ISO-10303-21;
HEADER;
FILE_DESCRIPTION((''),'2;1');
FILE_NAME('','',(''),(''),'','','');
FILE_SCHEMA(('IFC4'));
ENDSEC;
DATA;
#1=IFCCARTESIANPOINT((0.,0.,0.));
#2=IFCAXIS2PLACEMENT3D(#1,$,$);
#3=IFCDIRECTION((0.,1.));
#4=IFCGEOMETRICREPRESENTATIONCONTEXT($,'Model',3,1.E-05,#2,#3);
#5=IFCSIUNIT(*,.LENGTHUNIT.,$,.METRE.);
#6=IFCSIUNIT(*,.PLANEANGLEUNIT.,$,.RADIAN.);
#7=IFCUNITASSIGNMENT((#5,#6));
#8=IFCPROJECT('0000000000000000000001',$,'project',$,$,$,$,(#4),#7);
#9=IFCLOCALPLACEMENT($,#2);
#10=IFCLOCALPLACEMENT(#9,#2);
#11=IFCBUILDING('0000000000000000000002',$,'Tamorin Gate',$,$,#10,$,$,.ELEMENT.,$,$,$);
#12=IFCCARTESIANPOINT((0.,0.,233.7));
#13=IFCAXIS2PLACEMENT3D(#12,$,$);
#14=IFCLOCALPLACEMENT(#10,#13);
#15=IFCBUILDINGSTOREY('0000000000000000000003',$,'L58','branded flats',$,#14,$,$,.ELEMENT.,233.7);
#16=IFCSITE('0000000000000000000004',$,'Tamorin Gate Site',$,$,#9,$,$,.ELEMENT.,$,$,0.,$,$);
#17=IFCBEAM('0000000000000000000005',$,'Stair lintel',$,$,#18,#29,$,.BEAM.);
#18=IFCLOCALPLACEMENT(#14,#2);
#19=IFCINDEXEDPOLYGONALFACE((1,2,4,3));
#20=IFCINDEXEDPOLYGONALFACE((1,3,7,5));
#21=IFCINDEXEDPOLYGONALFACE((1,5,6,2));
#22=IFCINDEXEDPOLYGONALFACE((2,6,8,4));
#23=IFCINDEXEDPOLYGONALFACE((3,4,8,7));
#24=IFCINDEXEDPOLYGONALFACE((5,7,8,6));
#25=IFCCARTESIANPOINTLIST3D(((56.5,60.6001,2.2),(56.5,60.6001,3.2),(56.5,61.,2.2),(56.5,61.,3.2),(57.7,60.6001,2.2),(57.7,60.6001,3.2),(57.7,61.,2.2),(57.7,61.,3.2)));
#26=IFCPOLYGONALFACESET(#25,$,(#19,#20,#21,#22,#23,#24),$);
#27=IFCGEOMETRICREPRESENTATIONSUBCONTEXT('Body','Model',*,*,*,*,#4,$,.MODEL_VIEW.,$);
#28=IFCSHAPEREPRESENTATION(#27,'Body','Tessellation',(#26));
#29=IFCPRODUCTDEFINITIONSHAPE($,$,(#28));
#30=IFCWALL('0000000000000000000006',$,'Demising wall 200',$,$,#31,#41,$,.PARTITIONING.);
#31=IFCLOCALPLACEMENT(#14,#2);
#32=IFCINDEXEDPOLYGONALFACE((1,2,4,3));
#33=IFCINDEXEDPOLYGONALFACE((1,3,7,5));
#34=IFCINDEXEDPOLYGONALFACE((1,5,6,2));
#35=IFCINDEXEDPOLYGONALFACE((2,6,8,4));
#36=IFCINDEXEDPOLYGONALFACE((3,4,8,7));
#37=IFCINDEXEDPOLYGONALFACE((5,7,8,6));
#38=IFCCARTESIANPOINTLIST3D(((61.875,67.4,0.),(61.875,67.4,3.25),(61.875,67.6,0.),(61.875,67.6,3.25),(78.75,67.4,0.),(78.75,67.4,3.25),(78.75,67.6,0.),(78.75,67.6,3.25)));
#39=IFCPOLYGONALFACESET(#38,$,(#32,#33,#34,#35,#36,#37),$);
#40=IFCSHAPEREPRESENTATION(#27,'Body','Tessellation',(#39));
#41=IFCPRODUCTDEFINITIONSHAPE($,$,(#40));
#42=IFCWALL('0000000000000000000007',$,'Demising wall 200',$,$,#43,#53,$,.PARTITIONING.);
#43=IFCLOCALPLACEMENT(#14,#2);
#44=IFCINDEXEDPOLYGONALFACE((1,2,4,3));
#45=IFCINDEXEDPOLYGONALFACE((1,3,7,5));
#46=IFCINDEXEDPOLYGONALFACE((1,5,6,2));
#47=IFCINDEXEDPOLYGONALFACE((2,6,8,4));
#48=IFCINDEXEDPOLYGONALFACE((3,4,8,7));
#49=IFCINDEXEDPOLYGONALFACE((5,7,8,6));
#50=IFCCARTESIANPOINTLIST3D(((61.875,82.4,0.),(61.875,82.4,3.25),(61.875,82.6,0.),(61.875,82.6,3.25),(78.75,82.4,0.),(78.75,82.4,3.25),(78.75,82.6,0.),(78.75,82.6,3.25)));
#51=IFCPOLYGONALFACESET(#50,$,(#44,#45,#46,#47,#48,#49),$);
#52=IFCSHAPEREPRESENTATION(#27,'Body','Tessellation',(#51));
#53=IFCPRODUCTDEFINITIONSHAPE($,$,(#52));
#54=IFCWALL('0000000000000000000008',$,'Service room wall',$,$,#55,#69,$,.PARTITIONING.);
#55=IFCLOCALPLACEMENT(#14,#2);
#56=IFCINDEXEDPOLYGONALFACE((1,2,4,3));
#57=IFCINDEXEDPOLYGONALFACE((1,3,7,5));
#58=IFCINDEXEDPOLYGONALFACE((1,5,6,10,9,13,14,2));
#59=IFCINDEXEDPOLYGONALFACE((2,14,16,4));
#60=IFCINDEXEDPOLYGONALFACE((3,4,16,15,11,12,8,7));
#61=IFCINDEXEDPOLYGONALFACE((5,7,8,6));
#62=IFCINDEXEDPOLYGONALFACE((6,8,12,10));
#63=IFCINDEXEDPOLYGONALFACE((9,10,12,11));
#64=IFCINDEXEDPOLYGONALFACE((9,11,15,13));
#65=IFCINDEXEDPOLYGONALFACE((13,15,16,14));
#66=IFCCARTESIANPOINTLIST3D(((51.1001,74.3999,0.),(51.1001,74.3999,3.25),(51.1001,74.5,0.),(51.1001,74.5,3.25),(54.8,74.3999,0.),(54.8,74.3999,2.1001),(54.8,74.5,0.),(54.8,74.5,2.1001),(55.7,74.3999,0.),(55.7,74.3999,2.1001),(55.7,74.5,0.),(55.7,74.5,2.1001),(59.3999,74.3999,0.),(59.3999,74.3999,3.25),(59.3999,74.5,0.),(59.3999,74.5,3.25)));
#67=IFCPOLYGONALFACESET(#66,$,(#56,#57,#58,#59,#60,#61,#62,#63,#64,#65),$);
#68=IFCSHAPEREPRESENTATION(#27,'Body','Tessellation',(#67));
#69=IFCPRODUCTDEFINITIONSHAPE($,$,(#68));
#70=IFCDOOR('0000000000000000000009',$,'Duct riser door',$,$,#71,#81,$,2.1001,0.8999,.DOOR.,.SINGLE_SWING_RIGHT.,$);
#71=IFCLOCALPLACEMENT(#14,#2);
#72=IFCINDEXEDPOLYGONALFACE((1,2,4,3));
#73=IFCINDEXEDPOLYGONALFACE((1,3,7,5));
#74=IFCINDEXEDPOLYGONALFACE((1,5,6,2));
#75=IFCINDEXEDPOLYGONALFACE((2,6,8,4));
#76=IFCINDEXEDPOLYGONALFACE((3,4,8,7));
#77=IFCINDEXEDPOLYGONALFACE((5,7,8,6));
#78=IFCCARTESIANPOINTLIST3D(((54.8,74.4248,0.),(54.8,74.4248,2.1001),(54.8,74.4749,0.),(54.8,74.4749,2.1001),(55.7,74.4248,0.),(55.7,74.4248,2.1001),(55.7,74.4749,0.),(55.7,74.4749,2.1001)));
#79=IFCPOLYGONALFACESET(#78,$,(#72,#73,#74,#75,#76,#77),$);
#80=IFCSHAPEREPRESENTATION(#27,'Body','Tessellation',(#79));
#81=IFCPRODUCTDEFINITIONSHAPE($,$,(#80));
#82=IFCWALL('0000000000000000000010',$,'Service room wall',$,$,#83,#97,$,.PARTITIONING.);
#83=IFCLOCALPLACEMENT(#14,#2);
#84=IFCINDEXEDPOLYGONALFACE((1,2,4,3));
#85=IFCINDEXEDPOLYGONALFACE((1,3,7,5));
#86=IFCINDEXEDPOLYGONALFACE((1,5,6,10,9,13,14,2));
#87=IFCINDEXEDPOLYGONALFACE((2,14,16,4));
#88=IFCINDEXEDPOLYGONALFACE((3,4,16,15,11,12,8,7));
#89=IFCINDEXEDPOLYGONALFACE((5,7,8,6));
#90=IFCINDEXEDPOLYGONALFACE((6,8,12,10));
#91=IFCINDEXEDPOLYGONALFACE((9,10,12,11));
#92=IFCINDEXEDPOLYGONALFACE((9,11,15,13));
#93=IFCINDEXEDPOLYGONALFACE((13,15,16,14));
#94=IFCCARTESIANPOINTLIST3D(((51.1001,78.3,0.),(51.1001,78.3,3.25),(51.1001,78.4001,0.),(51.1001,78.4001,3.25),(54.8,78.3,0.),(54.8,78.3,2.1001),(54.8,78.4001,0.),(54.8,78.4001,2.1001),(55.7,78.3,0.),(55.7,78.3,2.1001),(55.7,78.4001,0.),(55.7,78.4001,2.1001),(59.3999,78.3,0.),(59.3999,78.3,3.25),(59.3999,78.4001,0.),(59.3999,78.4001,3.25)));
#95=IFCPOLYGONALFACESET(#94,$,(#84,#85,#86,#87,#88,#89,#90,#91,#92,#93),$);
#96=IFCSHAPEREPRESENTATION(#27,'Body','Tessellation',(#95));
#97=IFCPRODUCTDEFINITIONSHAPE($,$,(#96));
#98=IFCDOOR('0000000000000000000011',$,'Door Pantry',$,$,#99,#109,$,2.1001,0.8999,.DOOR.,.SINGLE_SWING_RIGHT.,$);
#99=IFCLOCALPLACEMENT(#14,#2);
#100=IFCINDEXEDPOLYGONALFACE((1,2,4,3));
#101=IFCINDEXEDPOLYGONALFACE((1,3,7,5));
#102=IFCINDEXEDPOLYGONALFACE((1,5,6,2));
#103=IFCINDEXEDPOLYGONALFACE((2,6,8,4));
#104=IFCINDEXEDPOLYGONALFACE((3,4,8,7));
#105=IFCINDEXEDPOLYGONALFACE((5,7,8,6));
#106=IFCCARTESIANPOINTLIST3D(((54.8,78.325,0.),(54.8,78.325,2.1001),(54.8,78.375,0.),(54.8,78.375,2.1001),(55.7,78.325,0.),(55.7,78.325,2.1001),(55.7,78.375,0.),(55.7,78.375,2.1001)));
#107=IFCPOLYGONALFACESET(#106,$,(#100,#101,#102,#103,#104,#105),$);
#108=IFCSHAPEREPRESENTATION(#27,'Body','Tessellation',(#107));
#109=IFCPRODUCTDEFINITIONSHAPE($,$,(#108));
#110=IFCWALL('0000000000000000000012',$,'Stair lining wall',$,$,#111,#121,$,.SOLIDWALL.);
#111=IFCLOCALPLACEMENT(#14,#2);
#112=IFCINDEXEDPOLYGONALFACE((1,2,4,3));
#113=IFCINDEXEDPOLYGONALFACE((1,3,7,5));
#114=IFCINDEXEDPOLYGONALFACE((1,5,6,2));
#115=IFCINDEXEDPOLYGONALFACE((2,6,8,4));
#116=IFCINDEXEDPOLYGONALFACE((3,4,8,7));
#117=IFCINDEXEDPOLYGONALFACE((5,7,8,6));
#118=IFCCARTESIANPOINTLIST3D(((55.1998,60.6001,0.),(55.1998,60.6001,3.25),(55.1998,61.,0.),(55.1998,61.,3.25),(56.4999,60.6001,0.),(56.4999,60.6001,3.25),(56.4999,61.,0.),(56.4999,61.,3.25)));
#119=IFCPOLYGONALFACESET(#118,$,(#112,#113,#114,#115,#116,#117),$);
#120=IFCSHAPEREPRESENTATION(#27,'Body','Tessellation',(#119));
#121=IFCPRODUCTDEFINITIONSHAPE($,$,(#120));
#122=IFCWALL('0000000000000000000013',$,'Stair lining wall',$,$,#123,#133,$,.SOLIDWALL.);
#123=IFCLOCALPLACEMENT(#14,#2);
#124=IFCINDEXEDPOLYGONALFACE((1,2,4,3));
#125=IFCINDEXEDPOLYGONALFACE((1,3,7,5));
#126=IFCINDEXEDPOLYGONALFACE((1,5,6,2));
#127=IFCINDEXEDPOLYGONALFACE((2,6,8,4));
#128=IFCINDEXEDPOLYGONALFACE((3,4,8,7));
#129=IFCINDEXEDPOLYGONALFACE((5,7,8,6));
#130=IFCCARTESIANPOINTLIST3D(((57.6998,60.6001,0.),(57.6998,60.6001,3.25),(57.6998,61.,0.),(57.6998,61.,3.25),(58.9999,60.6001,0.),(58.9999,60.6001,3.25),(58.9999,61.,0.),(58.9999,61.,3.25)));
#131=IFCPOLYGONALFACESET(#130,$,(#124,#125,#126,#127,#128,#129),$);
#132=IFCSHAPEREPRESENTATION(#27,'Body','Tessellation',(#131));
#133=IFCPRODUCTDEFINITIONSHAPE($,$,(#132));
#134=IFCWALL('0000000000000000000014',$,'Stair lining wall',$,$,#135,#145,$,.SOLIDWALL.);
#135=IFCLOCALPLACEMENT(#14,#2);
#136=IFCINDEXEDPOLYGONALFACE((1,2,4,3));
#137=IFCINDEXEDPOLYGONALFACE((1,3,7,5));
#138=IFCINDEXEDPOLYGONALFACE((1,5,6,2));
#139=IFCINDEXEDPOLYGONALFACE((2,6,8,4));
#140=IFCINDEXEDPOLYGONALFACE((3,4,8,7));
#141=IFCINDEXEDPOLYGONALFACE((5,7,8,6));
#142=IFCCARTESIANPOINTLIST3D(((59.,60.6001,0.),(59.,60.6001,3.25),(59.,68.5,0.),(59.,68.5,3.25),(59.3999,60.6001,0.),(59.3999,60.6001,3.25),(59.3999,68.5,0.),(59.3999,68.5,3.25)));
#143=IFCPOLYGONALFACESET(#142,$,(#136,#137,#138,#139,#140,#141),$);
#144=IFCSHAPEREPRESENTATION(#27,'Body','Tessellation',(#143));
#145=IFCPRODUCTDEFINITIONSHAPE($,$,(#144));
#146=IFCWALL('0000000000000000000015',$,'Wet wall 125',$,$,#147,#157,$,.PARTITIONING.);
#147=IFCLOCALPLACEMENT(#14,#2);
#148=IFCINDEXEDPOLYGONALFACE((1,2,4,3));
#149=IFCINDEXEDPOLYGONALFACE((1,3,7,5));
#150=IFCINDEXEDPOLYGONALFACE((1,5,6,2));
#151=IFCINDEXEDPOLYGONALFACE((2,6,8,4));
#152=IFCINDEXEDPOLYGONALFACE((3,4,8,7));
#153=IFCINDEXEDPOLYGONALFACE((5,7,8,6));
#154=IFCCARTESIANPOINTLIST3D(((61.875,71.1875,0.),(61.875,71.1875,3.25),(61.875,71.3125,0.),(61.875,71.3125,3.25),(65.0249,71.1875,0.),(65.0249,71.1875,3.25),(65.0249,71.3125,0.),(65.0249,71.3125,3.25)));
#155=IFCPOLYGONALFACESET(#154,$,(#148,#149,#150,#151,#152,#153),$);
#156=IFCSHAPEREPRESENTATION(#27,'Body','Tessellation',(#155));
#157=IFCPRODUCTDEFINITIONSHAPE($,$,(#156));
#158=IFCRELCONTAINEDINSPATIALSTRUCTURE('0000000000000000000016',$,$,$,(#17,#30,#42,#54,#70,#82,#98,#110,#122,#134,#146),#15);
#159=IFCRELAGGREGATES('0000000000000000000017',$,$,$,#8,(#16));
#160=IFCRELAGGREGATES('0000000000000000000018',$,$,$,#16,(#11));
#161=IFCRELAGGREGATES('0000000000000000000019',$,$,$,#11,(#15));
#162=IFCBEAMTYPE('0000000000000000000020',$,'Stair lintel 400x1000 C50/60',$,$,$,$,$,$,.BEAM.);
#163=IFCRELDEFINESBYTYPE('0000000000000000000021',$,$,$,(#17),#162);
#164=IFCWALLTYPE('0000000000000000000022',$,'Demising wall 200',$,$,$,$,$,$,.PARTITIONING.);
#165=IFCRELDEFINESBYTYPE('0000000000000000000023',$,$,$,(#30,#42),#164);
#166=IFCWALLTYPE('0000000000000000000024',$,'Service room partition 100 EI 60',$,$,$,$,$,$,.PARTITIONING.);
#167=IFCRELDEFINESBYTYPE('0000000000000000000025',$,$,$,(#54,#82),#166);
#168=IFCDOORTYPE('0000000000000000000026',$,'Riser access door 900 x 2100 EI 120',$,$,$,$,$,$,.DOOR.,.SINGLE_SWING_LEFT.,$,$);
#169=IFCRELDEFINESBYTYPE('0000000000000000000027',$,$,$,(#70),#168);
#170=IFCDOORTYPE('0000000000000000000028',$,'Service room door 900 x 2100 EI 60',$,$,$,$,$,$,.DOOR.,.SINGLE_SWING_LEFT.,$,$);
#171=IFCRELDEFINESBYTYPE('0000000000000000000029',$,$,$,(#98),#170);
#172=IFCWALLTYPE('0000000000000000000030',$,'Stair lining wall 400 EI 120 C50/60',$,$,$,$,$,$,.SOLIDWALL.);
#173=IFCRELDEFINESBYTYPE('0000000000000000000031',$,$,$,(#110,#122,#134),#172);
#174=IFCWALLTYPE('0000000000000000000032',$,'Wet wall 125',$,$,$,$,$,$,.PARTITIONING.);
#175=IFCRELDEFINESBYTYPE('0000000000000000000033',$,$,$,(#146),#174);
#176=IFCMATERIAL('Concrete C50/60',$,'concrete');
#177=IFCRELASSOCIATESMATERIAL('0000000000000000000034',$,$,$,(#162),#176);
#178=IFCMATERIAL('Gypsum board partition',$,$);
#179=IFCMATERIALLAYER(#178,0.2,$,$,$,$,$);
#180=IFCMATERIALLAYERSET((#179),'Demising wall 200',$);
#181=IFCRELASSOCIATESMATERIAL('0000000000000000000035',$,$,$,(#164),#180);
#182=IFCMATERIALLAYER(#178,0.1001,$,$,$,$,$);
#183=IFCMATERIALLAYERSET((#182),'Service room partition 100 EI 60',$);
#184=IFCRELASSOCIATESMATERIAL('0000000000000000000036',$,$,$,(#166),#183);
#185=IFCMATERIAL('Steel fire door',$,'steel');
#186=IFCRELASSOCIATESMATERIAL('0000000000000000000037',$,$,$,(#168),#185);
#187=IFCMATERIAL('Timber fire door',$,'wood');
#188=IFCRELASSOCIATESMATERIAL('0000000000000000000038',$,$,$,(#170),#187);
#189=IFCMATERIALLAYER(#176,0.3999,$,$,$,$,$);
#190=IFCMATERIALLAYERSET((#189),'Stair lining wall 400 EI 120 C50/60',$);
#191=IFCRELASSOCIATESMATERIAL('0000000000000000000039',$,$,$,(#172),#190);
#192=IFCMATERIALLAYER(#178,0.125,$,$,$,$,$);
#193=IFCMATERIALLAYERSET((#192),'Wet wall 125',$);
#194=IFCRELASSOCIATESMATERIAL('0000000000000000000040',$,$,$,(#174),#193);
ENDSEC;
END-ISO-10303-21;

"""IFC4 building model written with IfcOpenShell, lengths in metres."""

from ifc_helpers import new_model, si_unit, direction, frame, frame_2d, origin, origin_2d, place, context, subcontext, project, spatial, rectangle, extrude, material, layer, layer_set, material_profile, profile_set, type_object, element, fill, save


model = new_model("IFC4")

# Units and contexts
model_context = context("Model", 3, precision=1e-05, world=origin(), true_north=direction((0.0, 1.0)))
body_context = subcontext(model_context, "Body", "Model", "MODEL_VIEW")
ifc_project = project(units=[si_unit("LENGTHUNIT", "METRE"), si_unit("PLANEANGLEUNIT", "RADIAN")], contexts=[model_context])

# Site, building, storey
site_placement = place(None, origin())
site = spatial("IfcSite", under=ifc_project, at=site_placement, Name="Tamorin Gate Site", CompositionType="ELEMENT", RefElevation=0.0)
building_placement = place(site_placement, origin())
building = spatial("IfcBuilding", under=site, at=building_placement, Name="Tamorin Gate", CompositionType="ELEMENT")
storey_placement = place(building_placement, frame((0.0, 0.0, 233.7)))
storey = spatial("IfcBuildingStorey", under=building, at=storey_placement, Name="L58", Description="branded flats", CompositionType="ELEMENT", Elevation=233.7)

# Beam
ifc_material_1 = material(Name="Concrete C50/60", Category="concrete")
ifc_material_profile = material_profile(ifc_material_1, rectangle(XDim=0.3999, YDim=1.0, at=origin_2d()))
ifc_profile_set = profile_set([ifc_material_profile], Name="Concrete C50/60")
beam_type = type_object("IfcBeamType", Name="Stair lintel 400x1000 C50/60", PredefinedType="BEAM", material=ifc_profile_set)
beam_placement = place(storey_placement, frame((56.5, 60.8, 2.7), z_axis=(1.0, 0.0, 0.0), x_axis=(0.0, 1.0, 0.0)))
element("IfcBeam", 1, at=beam_placement, inside=storey, type_object=beam_type, Name="Stair lintel", PredefinedType="BEAM", context=body_context, shape_type="SweptSolid", body=[
    extrude(rectangle(XDim=0.3999, YDim=1.0, at=origin_2d()), origin(), (0.0, 0.0, 1.0), 1.2),
])

# Walls
ifc_material_2 = material(Name="Gypsum board partition")
ifc_layer_1 = layer(ifc_material_2, 0.2)
ifc_layer_set_1 = layer_set([ifc_layer_1], Name="Demising wall 200")
wall_type_1 = type_object("IfcWallType", Name="Demising wall 200", PredefinedType="PARTITIONING", material=ifc_layer_set_1)
for number, where, z_axis, x_axis, name in (
    (2, (61.875, 67.5, 0.0), (0.0, 0.0, 1.0), (1.0, 0.0, 0.0), "Demising wall 200"),
    (3, (61.875, 82.5, 0.0), (0.0, 0.0, 1.0), (1.0, 0.0, 0.0), "Demising wall 200"),
):
    element("IfcWall", number, at=place(storey_placement, frame(where, z_axis=z_axis, x_axis=x_axis)), inside=storey, type_object=wall_type_1, Name=name, PredefinedType="PARTITIONING", context=body_context, shape_type="SweptSolid", body=[
        extrude(rectangle(XDim=16.875, YDim=0.2, at=frame_2d((8.4375, 0.0))), origin(), (0.0, 0.0, 1.0), 3.25),
    ])

# Walls, openings, doors
ifc_layer_2 = layer(ifc_material_2, 0.1001)
ifc_layer_set_2 = layer_set([ifc_layer_2], Name="Service room partition 100 EI 60")
wall_type_2 = type_object("IfcWallType", Name="Service room partition 100 EI 60", PredefinedType="PARTITIONING", material=ifc_layer_set_2)
wall_1_placement = place(storey_placement, frame((51.1001, 74.45, 0.0), z_axis=(0.0, 0.0, 1.0), x_axis=(1.0, 0.0, 0.0)))
wall_1 = element("IfcWall", 4, at=wall_1_placement, inside=storey, type_object=wall_type_2, Name="Service room wall", PredefinedType="PARTITIONING", context=body_context, shape_type="SweptSolid", body=[
    extrude(rectangle(XDim=8.2998, YDim=0.1001, at=frame_2d((4.1499, 0.0))), origin(), (0.0, 0.0, 1.0), 3.25),
])
opening_1_placement = place(wall_1_placement, frame((3.7, 0.0, 0.0)))
opening_1 = element("IfcOpeningElement", 5, at=opening_1_placement, cuts=wall_1, PredefinedType="OPENING", context=body_context, shape_type="SweptSolid", body=[
    extrude(rectangle(XDim=0.8999, YDim=2.1001, at=frame_2d((0.45, 1.05))), frame((0.0, 0.0601, 0.0), z_axis=(0.0, -1.0, 0.0), x_axis=(1.0, 0.0, 0.0)), (0.0, 0.0, 1.0), 0.1201),
])
ifc_material_3 = material(Name="Steel fire door", Category="steel")
door_type_1 = type_object("IfcDoorType", Name="Riser access door 900 x 2100 EI 120", OperationType="SINGLE_SWING_LEFT", PredefinedType="DOOR", material=ifc_material_3)
door_1_placement = place(opening_1_placement, origin())
door_1 = element("IfcDoor", 6, at=door_1_placement, inside=storey, type_object=door_type_1, Name="Duct riser door", OperationType="SINGLE_SWING_RIGHT", OverallHeight=2.1001, OverallWidth=0.8999, PredefinedType="DOOR", context=body_context, shape_type="SweptSolid", body=[
    extrude(rectangle(XDim=0.8999, YDim=2.1001, at=frame_2d((0.45, 1.05))), frame((0.0, 0.0249, 0.0), z_axis=(0.0, -1.0, 0.0), x_axis=(1.0, 0.0, 0.0)), (0.0, 0.0, 1.0), 0.05),
])
fill(opening_1, door_1)
wall_2_placement = place(storey_placement, frame((51.1001, 78.3501, 0.0), z_axis=(0.0, 0.0, 1.0), x_axis=(1.0, 0.0, 0.0)))
wall_2 = element("IfcWall", 7, at=wall_2_placement, inside=storey, type_object=wall_type_2, Name="Service room wall", PredefinedType="PARTITIONING", context=body_context, shape_type="SweptSolid", body=[
    extrude(rectangle(XDim=8.2998, YDim=0.1001, at=frame_2d((4.1499, 0.0))), origin(), (0.0, 0.0, 1.0), 3.25),
])
opening_2_placement = place(wall_2_placement, frame((3.7, 0.0, 0.0)))
opening_2 = element("IfcOpeningElement", 8, at=opening_2_placement, cuts=wall_2, PredefinedType="OPENING", context=body_context, shape_type="SweptSolid", body=[
    extrude(rectangle(XDim=0.8999, YDim=2.1001, at=frame_2d((0.45, 1.05))), frame((0.0, 0.0601, 0.0), z_axis=(0.0, -1.0, 0.0), x_axis=(1.0, 0.0, 0.0)), (0.0, 0.0, 1.0), 0.1201),
])
ifc_material_4 = material(Name="Timber fire door", Category="wood")
door_type_2 = type_object("IfcDoorType", Name="Service room door 900 x 2100 EI 60", OperationType="SINGLE_SWING_LEFT", PredefinedType="DOOR", material=ifc_material_4)
door_2_placement = place(opening_2_placement, origin())
door_2 = element("IfcDoor", 9, at=door_2_placement, inside=storey, type_object=door_type_2, Name="Door Pantry", OperationType="SINGLE_SWING_RIGHT", OverallHeight=2.1001, OverallWidth=0.8999, PredefinedType="DOOR", context=body_context, shape_type="SweptSolid", body=[
    extrude(rectangle(XDim=0.8999, YDim=2.1001, at=frame_2d((0.45, 1.05))), frame((0.0, 0.0249, 0.0), z_axis=(0.0, -1.0, 0.0), x_axis=(1.0, 0.0, 0.0)), (0.0, 0.0, 1.0), 0.05),
])
fill(opening_2, door_2)

# Walls
ifc_layer_3 = layer(ifc_material_1, 0.3999)
ifc_layer_set_3 = layer_set([ifc_layer_3], Name="Stair lining wall 400 EI 120 C50/60")
wall_type_3 = type_object("IfcWallType", Name="Stair lining wall 400 EI 120 C50/60", PredefinedType="SOLIDWALL", material=ifc_layer_set_3)
for number, where, z_axis, x_axis, name in (
    (10, (55.2, 60.8, 0.0), (0.0, 0.0, 1.0), (1.0, 0.0, 0.0), "Stair lining wall"),
    (11, (57.7, 60.8, 0.0), (0.0, 0.0, 1.0), (1.0, 0.0, 0.0), "Stair lining wall"),
):
    element("IfcWall", number, at=place(storey_placement, frame(where, z_axis=z_axis, x_axis=x_axis)), inside=storey, type_object=wall_type_3, Name=name, PredefinedType="SOLIDWALL", context=body_context, shape_type="SweptSolid", body=[
        extrude(rectangle(XDim=1.3, YDim=0.3999, at=frame_2d((0.6499, 0.0))), origin(), (0.0, 0.0, 1.0), 3.25),
    ])
wall_3_placement = place(storey_placement, frame((59.2, 60.6001, 0.0), z_axis=(0.0, 0.0, 1.0), x_axis=(0.0, 1.0, 0.0)))
element("IfcWall", 12, at=wall_3_placement, inside=storey, type_object=wall_type_3, Name="Stair lining wall", PredefinedType="SOLIDWALL", context=body_context, shape_type="SweptSolid", body=[
    extrude(rectangle(XDim=7.8999, YDim=0.3999, at=frame_2d((3.95, 0.0))), origin(), (0.0, 0.0, 1.0), 3.25),
])
ifc_layer_4 = layer(ifc_material_2, 0.125)
ifc_layer_set_4 = layer_set([ifc_layer_4], Name="Wet wall 125")
wall_type_4 = type_object("IfcWallType", Name="Wet wall 125", PredefinedType="PARTITIONING", material=ifc_layer_set_4)
wall_4_placement = place(storey_placement, frame((61.875, 71.25, 0.0), z_axis=(0.0, 0.0, 1.0), x_axis=(1.0, 0.0, 0.0)))
element("IfcWall", 13, at=wall_4_placement, inside=storey, type_object=wall_type_4, Name="Wet wall 125", PredefinedType="PARTITIONING", context=body_context, shape_type="SweptSolid", body=[
    extrude(rectangle(XDim=3.1499, YDim=0.125, at=frame_2d((1.575, 0.0))), origin(), (0.0, 0.0, 1.0), 3.25),
])

save(model, "model.ifc")
